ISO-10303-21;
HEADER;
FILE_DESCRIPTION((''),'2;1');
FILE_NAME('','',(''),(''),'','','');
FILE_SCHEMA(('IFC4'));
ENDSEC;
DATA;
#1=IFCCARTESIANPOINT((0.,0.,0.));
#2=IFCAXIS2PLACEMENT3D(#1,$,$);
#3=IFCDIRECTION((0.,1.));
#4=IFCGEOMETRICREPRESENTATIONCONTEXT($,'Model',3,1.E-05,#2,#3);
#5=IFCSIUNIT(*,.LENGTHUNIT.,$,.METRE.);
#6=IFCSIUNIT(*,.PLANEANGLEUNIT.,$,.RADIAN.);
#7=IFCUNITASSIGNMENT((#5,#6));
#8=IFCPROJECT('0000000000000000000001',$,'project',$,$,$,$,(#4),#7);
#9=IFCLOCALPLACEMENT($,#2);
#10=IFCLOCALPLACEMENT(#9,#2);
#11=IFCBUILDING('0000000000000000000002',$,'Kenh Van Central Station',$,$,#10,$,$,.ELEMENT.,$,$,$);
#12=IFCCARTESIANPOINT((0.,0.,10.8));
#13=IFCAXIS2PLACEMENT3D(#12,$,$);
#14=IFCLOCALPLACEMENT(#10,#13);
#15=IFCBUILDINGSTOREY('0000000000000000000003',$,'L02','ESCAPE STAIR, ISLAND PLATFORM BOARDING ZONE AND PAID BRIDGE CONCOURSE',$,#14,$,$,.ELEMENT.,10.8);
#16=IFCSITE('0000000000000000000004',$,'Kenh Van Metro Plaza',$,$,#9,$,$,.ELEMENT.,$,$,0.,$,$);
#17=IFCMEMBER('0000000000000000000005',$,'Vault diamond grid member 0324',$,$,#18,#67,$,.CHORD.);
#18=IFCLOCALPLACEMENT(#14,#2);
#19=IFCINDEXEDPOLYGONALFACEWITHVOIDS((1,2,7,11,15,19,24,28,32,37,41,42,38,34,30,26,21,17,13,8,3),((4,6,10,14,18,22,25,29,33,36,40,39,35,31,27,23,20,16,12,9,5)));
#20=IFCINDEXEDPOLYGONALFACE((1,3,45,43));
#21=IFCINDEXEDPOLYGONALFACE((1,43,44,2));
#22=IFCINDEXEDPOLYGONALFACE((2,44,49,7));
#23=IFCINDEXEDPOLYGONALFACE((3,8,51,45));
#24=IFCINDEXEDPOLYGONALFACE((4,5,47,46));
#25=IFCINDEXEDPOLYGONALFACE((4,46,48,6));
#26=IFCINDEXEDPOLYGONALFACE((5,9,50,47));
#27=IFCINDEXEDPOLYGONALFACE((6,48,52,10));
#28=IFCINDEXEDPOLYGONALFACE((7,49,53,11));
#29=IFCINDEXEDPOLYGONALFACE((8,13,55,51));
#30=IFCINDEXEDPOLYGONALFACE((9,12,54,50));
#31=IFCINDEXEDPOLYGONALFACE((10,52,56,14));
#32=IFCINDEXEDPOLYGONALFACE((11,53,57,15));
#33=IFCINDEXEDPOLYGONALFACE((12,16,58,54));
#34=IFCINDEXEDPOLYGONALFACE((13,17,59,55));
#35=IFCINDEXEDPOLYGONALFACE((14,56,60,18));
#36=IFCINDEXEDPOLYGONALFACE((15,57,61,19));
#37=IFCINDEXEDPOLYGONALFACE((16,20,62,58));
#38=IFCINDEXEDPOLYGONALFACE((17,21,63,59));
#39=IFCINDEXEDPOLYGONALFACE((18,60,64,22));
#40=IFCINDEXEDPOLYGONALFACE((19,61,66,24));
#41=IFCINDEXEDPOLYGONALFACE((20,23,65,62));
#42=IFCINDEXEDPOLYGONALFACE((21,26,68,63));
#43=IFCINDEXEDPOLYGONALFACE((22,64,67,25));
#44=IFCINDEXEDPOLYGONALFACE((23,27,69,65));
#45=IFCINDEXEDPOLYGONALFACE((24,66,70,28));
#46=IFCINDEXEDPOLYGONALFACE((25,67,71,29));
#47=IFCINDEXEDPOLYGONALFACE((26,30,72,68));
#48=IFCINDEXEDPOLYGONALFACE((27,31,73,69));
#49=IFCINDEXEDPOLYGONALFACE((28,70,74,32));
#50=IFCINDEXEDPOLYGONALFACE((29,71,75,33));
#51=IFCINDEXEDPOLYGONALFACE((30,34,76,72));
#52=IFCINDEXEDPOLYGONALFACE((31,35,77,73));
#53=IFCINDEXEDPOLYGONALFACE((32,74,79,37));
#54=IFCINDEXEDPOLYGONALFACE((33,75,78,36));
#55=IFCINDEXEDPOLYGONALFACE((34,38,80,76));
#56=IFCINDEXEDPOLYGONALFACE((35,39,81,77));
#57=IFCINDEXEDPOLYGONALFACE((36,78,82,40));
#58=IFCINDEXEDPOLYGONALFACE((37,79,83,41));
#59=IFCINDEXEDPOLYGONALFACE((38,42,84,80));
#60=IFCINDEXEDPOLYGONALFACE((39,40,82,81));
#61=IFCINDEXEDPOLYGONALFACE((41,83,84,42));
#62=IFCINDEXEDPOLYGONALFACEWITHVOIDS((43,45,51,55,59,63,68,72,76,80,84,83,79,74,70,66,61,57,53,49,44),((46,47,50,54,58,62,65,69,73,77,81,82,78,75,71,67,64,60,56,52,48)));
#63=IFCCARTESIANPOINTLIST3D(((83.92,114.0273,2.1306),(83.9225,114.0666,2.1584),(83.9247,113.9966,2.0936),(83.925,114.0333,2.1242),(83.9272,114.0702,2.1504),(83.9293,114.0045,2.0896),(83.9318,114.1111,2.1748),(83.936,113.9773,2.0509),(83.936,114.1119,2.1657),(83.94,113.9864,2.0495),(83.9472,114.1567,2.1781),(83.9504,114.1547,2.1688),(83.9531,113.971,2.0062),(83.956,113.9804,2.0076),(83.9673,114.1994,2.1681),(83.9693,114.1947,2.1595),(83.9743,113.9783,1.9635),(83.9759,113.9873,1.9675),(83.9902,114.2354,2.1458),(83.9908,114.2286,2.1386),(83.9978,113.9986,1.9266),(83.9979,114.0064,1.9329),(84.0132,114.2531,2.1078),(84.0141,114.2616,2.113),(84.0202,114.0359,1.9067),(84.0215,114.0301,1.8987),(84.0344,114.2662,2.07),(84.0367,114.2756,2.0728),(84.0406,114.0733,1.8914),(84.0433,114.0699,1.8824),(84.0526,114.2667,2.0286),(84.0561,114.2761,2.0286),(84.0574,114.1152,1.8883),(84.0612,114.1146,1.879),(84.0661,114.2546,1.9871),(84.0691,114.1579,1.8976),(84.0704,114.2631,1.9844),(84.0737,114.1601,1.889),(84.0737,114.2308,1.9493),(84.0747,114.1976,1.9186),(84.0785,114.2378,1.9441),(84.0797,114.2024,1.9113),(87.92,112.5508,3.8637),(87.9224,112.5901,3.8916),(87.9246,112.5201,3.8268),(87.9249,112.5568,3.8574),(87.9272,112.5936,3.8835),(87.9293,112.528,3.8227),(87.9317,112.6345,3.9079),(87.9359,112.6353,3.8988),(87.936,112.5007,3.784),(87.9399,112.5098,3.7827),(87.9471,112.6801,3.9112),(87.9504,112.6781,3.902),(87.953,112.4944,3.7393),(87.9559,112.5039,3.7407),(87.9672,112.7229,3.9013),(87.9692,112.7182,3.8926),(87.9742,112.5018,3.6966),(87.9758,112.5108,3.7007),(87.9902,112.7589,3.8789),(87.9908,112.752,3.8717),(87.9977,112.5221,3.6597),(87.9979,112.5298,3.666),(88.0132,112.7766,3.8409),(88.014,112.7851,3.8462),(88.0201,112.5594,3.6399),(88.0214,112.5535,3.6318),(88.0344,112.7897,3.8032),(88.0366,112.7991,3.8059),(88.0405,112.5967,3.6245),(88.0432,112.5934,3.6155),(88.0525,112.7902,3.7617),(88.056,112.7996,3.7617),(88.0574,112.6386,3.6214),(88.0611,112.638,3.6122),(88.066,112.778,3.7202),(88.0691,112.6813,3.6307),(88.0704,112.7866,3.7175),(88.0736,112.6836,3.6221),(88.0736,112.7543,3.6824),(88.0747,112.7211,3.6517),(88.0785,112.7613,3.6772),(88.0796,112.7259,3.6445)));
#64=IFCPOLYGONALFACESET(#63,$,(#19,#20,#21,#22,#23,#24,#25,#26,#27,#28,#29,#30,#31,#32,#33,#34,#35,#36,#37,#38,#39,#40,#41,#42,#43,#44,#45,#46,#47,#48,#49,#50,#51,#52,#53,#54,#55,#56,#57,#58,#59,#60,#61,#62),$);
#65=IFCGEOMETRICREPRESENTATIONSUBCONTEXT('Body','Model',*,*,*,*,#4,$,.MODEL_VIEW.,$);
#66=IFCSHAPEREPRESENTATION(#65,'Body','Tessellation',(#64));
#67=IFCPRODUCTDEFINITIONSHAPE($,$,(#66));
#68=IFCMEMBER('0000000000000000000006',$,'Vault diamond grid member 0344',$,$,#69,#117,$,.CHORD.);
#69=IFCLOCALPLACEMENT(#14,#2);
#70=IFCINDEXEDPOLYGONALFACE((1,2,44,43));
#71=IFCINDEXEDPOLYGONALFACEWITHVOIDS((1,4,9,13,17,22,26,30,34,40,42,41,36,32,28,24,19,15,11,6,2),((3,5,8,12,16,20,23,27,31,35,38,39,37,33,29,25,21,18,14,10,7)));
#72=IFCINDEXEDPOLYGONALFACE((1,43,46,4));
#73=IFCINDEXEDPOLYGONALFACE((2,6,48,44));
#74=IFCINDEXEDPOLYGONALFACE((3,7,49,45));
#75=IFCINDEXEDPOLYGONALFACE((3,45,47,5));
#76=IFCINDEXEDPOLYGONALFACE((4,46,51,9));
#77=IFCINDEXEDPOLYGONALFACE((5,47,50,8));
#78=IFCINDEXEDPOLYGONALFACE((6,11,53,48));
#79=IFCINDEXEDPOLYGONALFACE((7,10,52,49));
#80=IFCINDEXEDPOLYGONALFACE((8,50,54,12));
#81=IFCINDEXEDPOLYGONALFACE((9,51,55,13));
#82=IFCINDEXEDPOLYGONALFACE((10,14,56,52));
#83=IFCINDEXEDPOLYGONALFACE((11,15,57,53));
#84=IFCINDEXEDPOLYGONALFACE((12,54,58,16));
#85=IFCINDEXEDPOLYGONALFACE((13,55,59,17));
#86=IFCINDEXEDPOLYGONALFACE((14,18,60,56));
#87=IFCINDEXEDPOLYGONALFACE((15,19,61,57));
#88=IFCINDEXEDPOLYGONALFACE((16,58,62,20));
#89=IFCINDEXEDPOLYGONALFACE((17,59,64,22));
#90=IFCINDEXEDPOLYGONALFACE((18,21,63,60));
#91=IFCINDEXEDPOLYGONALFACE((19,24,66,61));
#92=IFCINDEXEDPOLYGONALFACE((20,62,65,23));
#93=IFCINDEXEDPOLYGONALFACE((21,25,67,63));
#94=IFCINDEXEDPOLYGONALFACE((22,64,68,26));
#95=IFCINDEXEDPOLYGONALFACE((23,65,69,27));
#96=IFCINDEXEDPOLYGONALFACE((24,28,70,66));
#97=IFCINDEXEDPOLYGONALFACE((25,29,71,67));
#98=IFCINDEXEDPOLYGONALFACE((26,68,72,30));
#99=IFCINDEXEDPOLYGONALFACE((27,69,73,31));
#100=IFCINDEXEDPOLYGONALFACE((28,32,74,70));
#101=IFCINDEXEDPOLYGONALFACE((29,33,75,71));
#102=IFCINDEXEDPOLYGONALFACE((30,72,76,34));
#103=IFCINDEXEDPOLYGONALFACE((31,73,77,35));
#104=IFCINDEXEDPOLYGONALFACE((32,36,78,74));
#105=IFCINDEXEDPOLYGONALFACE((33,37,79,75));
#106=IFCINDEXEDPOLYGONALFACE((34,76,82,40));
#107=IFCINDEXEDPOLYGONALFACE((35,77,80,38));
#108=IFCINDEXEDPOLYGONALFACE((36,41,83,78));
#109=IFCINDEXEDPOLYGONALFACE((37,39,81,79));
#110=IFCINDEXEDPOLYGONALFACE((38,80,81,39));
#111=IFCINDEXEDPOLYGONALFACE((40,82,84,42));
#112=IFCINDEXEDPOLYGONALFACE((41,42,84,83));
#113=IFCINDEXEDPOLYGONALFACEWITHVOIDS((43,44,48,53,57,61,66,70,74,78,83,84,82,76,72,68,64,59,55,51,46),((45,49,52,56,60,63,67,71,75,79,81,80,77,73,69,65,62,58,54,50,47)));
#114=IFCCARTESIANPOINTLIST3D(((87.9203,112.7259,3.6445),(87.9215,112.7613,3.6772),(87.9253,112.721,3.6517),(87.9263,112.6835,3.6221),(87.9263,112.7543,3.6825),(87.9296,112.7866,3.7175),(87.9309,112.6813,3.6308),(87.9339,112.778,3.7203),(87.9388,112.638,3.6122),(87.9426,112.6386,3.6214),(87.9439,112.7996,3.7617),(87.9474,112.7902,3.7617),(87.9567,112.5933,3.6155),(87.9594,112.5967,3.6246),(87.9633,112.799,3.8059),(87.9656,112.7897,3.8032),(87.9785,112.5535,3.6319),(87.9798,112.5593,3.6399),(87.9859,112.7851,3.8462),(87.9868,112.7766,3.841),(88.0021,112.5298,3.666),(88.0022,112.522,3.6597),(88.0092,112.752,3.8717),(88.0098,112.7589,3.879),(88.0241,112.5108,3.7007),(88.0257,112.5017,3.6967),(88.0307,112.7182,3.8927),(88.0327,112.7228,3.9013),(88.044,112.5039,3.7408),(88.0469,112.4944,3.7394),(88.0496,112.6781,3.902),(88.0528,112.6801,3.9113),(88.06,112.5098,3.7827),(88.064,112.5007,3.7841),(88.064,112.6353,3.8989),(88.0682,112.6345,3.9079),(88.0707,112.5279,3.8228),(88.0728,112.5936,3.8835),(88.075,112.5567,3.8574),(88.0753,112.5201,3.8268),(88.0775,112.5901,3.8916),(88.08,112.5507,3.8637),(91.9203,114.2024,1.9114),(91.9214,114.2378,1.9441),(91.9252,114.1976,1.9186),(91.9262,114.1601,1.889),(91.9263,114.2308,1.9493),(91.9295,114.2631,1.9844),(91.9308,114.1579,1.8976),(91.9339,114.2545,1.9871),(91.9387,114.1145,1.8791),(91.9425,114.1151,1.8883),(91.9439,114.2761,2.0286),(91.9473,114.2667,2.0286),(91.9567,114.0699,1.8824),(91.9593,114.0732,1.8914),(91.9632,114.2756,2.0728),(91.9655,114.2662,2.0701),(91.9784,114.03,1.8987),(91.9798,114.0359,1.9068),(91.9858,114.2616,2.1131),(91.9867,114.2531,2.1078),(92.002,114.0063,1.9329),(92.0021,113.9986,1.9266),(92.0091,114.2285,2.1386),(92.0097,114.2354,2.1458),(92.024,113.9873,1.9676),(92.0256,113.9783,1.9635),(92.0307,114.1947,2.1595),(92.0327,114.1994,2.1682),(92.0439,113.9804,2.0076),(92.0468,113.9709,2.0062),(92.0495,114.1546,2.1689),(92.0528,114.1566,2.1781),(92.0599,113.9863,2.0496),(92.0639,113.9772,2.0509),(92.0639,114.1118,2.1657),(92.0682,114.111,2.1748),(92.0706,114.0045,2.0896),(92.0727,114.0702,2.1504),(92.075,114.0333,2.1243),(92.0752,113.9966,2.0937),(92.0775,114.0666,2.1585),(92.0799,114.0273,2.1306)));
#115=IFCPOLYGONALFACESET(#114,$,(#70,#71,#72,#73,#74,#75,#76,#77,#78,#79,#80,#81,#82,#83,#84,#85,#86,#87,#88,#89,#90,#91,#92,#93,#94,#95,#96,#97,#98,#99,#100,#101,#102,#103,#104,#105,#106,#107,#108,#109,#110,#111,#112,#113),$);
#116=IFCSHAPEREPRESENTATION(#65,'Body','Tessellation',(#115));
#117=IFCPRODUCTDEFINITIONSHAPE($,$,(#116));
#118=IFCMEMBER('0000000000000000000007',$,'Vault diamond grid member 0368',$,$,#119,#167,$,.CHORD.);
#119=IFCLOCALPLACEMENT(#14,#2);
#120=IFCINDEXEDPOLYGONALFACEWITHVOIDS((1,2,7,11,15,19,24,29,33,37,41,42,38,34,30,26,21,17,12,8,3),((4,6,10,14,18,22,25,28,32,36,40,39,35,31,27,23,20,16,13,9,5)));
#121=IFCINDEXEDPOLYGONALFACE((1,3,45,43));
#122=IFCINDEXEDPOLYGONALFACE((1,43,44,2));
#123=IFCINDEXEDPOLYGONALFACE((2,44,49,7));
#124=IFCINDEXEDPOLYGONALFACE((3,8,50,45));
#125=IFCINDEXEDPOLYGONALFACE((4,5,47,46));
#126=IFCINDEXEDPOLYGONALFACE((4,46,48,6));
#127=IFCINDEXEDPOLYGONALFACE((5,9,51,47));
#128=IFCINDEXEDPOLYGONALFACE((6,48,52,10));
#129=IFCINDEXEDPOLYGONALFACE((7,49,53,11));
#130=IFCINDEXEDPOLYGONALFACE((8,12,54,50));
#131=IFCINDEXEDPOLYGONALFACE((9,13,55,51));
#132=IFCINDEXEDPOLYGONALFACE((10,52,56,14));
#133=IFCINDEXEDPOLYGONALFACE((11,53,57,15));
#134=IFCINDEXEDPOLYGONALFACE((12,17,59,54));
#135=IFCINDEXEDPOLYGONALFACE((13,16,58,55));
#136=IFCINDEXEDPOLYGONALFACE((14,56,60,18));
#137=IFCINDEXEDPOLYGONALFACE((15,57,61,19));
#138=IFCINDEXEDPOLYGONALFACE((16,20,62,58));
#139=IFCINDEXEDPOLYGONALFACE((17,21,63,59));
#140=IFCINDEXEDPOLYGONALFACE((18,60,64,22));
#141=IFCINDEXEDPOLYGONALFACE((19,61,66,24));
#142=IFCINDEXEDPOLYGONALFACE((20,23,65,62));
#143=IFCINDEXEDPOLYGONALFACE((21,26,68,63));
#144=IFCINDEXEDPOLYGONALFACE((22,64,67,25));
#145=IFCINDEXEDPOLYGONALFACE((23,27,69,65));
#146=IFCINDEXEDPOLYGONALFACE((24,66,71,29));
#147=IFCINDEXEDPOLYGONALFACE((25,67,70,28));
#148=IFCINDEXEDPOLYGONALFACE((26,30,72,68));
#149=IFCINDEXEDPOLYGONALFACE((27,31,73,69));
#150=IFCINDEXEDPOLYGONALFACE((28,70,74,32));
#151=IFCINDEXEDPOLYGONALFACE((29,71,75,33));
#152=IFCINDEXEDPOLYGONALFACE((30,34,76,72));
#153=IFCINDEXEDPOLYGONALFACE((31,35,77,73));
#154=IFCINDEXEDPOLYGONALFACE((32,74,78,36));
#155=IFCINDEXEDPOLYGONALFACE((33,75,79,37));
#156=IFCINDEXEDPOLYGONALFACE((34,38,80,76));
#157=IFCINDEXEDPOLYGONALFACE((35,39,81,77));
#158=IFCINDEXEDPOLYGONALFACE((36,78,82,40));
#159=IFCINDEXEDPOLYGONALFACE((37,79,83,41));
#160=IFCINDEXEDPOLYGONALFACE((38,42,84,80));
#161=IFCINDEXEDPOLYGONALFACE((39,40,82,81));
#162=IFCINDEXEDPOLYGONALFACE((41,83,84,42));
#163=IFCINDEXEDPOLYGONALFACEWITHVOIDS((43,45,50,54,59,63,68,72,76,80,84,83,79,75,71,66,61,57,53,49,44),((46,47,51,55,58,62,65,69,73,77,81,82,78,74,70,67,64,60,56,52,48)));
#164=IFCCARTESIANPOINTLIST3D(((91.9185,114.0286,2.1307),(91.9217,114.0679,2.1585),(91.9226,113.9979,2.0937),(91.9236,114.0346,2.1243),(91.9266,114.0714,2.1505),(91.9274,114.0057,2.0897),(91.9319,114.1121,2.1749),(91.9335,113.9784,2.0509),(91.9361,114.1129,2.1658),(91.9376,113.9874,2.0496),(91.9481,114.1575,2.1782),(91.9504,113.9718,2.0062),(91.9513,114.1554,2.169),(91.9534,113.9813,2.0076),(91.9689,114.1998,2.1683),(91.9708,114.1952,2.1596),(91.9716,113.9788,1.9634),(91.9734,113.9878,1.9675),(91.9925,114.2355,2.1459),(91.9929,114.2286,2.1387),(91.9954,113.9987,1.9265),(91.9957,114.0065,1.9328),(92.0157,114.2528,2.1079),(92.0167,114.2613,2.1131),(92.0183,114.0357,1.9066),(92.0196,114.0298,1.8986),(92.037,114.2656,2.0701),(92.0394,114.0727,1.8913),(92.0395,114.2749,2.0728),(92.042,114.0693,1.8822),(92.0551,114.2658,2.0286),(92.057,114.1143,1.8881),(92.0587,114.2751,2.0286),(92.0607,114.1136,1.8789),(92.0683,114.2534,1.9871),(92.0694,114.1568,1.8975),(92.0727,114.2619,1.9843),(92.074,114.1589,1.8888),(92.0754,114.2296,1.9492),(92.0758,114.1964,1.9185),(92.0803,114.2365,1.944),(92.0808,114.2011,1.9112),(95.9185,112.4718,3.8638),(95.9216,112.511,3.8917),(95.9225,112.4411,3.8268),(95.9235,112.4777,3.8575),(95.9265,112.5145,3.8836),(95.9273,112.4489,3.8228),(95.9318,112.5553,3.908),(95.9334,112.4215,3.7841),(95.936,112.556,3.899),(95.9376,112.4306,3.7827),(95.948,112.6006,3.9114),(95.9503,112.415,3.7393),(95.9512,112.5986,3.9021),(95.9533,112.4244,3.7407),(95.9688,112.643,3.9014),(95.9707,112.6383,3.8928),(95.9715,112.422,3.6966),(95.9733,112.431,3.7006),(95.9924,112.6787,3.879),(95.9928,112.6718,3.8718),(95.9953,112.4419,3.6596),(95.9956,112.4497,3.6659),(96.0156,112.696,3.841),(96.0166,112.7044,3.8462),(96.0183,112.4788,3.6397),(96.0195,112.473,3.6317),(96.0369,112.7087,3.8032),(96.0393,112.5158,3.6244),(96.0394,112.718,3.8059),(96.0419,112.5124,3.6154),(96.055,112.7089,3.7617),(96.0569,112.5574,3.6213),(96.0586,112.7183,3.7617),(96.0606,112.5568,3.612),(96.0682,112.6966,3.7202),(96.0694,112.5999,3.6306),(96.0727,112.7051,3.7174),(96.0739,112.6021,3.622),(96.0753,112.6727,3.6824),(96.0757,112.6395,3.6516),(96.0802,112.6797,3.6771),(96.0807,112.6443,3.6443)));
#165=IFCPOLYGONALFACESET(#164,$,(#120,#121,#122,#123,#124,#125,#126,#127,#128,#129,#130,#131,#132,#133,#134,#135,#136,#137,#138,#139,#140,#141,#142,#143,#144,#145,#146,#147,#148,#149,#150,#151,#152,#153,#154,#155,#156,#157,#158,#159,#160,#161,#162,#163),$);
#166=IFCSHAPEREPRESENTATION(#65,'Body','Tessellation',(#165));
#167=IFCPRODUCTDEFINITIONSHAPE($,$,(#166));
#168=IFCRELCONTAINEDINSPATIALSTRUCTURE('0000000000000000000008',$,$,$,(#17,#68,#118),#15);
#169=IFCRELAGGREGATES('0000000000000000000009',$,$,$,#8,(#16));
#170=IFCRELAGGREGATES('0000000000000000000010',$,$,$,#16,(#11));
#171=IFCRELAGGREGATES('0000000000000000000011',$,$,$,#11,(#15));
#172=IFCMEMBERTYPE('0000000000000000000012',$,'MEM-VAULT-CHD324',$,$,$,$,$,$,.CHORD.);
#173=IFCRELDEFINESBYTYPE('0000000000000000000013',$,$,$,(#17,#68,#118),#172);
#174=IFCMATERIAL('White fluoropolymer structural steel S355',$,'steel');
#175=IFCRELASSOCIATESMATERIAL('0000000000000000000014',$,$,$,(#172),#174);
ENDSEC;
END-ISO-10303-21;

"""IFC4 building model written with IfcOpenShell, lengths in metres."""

from ifc_helpers import new_model, si_unit, direction, frame, origin, origin_2d, place, context, subcontext, project, spatial, hollow_circle, extrude, material, material_profile, profile_set, type_object, element, save


model = new_model("IFC4")

# Units and contexts
model_context = context("Model", 3, precision=1e-05, world=origin(), true_north=direction((0.0, 1.0)))
body_context = subcontext(model_context, "Body", "Model", "MODEL_VIEW")
ifc_project = project(units=[si_unit("LENGTHUNIT", "METRE"), si_unit("PLANEANGLEUNIT", "RADIAN")], contexts=[model_context])

# Site, building, storey
site_placement = place(None, origin())
site = spatial("IfcSite", under=ifc_project, at=site_placement, Name="Kenh Van Metro Plaza", CompositionType="ELEMENT", RefElevation=0.0)
building_placement = place(site_placement, origin())
building = spatial("IfcBuilding", under=site, at=building_placement, Name="Kenh Van Central Station", CompositionType="ELEMENT")
storey_placement = place(building_placement, frame((0.0, 0.0, 10.8)))
storey = spatial("IfcBuildingStorey", under=building, at=storey_placement, Name="L02", Description="ESCAPE STAIR, ISLAND PLATFORM BOARDING ZONE AND PAID BRIDGE CONCOURSE", CompositionType="ELEMENT", Elevation=10.8)

# Shared definitions
ifc_material_1 = material(Name="White fluoropolymer structural steel S355", Category="steel")

# Members
ifc_material_profile_1 = material_profile(ifc_material_1, hollow_circle(Radius=0.1619, WallThickness=0.01, at=origin_2d()), Name="CHS 323.9x10")
ifc_profile_set_1 = profile_set([ifc_material_profile_1], Name="White fluoropolymer structural steel S355")
member_type_1 = type_object("IfcMemberType", Name="MEM-VAULT-CHD324", PredefinedType="CHORD", material=ifc_profile_set_1)
for number, where, z_axis, x_axis, name in (
    (1, (84.0, 114.1243, 2.0286), (0.869071, -0.32081, 0.376559), (0.3463, 0.938124, 0.0), "Vault diamond grid member 0324"),
    (2, (88.0, 112.6477, 3.7617), (0.869071, 0.32081, -0.376559), (-0.3463, 0.938124, 0.0), "Vault diamond grid member 0344"),
):
    element("IfcMember", number, at=place(storey_placement, frame(where, z_axis=z_axis, x_axis=x_axis)), inside=storey, type_object=member_type_1, Name=name, PredefinedType="CHORD", context=body_context, shape_type="SweptSolid", body=[
        extrude(hollow_circle(Radius=0.1619, WallThickness=0.01, at=origin_2d()), origin(), (0.0, 0.0, 1.0), 4.6025),
    ])
member_1_placement = place(storey_placement, frame((92.0, 114.1243, 2.0286), z_axis=(0.864116, -0.336332, 0.374412), x_axis=(0.362715, 0.9319, 0.0)))
element("IfcMember", 3, at=member_1_placement, inside=storey, type_object=member_type_1, Name="Vault diamond grid member 0368", PredefinedType="CHORD", context=body_context, shape_type="SweptSolid", body=[
    extrude(hollow_circle(Radius=0.1619, WallThickness=0.01, at=origin_2d()), origin(), (0.0, 0.0, 1.0), 4.6289),
])

save(model, "model.ifc")
